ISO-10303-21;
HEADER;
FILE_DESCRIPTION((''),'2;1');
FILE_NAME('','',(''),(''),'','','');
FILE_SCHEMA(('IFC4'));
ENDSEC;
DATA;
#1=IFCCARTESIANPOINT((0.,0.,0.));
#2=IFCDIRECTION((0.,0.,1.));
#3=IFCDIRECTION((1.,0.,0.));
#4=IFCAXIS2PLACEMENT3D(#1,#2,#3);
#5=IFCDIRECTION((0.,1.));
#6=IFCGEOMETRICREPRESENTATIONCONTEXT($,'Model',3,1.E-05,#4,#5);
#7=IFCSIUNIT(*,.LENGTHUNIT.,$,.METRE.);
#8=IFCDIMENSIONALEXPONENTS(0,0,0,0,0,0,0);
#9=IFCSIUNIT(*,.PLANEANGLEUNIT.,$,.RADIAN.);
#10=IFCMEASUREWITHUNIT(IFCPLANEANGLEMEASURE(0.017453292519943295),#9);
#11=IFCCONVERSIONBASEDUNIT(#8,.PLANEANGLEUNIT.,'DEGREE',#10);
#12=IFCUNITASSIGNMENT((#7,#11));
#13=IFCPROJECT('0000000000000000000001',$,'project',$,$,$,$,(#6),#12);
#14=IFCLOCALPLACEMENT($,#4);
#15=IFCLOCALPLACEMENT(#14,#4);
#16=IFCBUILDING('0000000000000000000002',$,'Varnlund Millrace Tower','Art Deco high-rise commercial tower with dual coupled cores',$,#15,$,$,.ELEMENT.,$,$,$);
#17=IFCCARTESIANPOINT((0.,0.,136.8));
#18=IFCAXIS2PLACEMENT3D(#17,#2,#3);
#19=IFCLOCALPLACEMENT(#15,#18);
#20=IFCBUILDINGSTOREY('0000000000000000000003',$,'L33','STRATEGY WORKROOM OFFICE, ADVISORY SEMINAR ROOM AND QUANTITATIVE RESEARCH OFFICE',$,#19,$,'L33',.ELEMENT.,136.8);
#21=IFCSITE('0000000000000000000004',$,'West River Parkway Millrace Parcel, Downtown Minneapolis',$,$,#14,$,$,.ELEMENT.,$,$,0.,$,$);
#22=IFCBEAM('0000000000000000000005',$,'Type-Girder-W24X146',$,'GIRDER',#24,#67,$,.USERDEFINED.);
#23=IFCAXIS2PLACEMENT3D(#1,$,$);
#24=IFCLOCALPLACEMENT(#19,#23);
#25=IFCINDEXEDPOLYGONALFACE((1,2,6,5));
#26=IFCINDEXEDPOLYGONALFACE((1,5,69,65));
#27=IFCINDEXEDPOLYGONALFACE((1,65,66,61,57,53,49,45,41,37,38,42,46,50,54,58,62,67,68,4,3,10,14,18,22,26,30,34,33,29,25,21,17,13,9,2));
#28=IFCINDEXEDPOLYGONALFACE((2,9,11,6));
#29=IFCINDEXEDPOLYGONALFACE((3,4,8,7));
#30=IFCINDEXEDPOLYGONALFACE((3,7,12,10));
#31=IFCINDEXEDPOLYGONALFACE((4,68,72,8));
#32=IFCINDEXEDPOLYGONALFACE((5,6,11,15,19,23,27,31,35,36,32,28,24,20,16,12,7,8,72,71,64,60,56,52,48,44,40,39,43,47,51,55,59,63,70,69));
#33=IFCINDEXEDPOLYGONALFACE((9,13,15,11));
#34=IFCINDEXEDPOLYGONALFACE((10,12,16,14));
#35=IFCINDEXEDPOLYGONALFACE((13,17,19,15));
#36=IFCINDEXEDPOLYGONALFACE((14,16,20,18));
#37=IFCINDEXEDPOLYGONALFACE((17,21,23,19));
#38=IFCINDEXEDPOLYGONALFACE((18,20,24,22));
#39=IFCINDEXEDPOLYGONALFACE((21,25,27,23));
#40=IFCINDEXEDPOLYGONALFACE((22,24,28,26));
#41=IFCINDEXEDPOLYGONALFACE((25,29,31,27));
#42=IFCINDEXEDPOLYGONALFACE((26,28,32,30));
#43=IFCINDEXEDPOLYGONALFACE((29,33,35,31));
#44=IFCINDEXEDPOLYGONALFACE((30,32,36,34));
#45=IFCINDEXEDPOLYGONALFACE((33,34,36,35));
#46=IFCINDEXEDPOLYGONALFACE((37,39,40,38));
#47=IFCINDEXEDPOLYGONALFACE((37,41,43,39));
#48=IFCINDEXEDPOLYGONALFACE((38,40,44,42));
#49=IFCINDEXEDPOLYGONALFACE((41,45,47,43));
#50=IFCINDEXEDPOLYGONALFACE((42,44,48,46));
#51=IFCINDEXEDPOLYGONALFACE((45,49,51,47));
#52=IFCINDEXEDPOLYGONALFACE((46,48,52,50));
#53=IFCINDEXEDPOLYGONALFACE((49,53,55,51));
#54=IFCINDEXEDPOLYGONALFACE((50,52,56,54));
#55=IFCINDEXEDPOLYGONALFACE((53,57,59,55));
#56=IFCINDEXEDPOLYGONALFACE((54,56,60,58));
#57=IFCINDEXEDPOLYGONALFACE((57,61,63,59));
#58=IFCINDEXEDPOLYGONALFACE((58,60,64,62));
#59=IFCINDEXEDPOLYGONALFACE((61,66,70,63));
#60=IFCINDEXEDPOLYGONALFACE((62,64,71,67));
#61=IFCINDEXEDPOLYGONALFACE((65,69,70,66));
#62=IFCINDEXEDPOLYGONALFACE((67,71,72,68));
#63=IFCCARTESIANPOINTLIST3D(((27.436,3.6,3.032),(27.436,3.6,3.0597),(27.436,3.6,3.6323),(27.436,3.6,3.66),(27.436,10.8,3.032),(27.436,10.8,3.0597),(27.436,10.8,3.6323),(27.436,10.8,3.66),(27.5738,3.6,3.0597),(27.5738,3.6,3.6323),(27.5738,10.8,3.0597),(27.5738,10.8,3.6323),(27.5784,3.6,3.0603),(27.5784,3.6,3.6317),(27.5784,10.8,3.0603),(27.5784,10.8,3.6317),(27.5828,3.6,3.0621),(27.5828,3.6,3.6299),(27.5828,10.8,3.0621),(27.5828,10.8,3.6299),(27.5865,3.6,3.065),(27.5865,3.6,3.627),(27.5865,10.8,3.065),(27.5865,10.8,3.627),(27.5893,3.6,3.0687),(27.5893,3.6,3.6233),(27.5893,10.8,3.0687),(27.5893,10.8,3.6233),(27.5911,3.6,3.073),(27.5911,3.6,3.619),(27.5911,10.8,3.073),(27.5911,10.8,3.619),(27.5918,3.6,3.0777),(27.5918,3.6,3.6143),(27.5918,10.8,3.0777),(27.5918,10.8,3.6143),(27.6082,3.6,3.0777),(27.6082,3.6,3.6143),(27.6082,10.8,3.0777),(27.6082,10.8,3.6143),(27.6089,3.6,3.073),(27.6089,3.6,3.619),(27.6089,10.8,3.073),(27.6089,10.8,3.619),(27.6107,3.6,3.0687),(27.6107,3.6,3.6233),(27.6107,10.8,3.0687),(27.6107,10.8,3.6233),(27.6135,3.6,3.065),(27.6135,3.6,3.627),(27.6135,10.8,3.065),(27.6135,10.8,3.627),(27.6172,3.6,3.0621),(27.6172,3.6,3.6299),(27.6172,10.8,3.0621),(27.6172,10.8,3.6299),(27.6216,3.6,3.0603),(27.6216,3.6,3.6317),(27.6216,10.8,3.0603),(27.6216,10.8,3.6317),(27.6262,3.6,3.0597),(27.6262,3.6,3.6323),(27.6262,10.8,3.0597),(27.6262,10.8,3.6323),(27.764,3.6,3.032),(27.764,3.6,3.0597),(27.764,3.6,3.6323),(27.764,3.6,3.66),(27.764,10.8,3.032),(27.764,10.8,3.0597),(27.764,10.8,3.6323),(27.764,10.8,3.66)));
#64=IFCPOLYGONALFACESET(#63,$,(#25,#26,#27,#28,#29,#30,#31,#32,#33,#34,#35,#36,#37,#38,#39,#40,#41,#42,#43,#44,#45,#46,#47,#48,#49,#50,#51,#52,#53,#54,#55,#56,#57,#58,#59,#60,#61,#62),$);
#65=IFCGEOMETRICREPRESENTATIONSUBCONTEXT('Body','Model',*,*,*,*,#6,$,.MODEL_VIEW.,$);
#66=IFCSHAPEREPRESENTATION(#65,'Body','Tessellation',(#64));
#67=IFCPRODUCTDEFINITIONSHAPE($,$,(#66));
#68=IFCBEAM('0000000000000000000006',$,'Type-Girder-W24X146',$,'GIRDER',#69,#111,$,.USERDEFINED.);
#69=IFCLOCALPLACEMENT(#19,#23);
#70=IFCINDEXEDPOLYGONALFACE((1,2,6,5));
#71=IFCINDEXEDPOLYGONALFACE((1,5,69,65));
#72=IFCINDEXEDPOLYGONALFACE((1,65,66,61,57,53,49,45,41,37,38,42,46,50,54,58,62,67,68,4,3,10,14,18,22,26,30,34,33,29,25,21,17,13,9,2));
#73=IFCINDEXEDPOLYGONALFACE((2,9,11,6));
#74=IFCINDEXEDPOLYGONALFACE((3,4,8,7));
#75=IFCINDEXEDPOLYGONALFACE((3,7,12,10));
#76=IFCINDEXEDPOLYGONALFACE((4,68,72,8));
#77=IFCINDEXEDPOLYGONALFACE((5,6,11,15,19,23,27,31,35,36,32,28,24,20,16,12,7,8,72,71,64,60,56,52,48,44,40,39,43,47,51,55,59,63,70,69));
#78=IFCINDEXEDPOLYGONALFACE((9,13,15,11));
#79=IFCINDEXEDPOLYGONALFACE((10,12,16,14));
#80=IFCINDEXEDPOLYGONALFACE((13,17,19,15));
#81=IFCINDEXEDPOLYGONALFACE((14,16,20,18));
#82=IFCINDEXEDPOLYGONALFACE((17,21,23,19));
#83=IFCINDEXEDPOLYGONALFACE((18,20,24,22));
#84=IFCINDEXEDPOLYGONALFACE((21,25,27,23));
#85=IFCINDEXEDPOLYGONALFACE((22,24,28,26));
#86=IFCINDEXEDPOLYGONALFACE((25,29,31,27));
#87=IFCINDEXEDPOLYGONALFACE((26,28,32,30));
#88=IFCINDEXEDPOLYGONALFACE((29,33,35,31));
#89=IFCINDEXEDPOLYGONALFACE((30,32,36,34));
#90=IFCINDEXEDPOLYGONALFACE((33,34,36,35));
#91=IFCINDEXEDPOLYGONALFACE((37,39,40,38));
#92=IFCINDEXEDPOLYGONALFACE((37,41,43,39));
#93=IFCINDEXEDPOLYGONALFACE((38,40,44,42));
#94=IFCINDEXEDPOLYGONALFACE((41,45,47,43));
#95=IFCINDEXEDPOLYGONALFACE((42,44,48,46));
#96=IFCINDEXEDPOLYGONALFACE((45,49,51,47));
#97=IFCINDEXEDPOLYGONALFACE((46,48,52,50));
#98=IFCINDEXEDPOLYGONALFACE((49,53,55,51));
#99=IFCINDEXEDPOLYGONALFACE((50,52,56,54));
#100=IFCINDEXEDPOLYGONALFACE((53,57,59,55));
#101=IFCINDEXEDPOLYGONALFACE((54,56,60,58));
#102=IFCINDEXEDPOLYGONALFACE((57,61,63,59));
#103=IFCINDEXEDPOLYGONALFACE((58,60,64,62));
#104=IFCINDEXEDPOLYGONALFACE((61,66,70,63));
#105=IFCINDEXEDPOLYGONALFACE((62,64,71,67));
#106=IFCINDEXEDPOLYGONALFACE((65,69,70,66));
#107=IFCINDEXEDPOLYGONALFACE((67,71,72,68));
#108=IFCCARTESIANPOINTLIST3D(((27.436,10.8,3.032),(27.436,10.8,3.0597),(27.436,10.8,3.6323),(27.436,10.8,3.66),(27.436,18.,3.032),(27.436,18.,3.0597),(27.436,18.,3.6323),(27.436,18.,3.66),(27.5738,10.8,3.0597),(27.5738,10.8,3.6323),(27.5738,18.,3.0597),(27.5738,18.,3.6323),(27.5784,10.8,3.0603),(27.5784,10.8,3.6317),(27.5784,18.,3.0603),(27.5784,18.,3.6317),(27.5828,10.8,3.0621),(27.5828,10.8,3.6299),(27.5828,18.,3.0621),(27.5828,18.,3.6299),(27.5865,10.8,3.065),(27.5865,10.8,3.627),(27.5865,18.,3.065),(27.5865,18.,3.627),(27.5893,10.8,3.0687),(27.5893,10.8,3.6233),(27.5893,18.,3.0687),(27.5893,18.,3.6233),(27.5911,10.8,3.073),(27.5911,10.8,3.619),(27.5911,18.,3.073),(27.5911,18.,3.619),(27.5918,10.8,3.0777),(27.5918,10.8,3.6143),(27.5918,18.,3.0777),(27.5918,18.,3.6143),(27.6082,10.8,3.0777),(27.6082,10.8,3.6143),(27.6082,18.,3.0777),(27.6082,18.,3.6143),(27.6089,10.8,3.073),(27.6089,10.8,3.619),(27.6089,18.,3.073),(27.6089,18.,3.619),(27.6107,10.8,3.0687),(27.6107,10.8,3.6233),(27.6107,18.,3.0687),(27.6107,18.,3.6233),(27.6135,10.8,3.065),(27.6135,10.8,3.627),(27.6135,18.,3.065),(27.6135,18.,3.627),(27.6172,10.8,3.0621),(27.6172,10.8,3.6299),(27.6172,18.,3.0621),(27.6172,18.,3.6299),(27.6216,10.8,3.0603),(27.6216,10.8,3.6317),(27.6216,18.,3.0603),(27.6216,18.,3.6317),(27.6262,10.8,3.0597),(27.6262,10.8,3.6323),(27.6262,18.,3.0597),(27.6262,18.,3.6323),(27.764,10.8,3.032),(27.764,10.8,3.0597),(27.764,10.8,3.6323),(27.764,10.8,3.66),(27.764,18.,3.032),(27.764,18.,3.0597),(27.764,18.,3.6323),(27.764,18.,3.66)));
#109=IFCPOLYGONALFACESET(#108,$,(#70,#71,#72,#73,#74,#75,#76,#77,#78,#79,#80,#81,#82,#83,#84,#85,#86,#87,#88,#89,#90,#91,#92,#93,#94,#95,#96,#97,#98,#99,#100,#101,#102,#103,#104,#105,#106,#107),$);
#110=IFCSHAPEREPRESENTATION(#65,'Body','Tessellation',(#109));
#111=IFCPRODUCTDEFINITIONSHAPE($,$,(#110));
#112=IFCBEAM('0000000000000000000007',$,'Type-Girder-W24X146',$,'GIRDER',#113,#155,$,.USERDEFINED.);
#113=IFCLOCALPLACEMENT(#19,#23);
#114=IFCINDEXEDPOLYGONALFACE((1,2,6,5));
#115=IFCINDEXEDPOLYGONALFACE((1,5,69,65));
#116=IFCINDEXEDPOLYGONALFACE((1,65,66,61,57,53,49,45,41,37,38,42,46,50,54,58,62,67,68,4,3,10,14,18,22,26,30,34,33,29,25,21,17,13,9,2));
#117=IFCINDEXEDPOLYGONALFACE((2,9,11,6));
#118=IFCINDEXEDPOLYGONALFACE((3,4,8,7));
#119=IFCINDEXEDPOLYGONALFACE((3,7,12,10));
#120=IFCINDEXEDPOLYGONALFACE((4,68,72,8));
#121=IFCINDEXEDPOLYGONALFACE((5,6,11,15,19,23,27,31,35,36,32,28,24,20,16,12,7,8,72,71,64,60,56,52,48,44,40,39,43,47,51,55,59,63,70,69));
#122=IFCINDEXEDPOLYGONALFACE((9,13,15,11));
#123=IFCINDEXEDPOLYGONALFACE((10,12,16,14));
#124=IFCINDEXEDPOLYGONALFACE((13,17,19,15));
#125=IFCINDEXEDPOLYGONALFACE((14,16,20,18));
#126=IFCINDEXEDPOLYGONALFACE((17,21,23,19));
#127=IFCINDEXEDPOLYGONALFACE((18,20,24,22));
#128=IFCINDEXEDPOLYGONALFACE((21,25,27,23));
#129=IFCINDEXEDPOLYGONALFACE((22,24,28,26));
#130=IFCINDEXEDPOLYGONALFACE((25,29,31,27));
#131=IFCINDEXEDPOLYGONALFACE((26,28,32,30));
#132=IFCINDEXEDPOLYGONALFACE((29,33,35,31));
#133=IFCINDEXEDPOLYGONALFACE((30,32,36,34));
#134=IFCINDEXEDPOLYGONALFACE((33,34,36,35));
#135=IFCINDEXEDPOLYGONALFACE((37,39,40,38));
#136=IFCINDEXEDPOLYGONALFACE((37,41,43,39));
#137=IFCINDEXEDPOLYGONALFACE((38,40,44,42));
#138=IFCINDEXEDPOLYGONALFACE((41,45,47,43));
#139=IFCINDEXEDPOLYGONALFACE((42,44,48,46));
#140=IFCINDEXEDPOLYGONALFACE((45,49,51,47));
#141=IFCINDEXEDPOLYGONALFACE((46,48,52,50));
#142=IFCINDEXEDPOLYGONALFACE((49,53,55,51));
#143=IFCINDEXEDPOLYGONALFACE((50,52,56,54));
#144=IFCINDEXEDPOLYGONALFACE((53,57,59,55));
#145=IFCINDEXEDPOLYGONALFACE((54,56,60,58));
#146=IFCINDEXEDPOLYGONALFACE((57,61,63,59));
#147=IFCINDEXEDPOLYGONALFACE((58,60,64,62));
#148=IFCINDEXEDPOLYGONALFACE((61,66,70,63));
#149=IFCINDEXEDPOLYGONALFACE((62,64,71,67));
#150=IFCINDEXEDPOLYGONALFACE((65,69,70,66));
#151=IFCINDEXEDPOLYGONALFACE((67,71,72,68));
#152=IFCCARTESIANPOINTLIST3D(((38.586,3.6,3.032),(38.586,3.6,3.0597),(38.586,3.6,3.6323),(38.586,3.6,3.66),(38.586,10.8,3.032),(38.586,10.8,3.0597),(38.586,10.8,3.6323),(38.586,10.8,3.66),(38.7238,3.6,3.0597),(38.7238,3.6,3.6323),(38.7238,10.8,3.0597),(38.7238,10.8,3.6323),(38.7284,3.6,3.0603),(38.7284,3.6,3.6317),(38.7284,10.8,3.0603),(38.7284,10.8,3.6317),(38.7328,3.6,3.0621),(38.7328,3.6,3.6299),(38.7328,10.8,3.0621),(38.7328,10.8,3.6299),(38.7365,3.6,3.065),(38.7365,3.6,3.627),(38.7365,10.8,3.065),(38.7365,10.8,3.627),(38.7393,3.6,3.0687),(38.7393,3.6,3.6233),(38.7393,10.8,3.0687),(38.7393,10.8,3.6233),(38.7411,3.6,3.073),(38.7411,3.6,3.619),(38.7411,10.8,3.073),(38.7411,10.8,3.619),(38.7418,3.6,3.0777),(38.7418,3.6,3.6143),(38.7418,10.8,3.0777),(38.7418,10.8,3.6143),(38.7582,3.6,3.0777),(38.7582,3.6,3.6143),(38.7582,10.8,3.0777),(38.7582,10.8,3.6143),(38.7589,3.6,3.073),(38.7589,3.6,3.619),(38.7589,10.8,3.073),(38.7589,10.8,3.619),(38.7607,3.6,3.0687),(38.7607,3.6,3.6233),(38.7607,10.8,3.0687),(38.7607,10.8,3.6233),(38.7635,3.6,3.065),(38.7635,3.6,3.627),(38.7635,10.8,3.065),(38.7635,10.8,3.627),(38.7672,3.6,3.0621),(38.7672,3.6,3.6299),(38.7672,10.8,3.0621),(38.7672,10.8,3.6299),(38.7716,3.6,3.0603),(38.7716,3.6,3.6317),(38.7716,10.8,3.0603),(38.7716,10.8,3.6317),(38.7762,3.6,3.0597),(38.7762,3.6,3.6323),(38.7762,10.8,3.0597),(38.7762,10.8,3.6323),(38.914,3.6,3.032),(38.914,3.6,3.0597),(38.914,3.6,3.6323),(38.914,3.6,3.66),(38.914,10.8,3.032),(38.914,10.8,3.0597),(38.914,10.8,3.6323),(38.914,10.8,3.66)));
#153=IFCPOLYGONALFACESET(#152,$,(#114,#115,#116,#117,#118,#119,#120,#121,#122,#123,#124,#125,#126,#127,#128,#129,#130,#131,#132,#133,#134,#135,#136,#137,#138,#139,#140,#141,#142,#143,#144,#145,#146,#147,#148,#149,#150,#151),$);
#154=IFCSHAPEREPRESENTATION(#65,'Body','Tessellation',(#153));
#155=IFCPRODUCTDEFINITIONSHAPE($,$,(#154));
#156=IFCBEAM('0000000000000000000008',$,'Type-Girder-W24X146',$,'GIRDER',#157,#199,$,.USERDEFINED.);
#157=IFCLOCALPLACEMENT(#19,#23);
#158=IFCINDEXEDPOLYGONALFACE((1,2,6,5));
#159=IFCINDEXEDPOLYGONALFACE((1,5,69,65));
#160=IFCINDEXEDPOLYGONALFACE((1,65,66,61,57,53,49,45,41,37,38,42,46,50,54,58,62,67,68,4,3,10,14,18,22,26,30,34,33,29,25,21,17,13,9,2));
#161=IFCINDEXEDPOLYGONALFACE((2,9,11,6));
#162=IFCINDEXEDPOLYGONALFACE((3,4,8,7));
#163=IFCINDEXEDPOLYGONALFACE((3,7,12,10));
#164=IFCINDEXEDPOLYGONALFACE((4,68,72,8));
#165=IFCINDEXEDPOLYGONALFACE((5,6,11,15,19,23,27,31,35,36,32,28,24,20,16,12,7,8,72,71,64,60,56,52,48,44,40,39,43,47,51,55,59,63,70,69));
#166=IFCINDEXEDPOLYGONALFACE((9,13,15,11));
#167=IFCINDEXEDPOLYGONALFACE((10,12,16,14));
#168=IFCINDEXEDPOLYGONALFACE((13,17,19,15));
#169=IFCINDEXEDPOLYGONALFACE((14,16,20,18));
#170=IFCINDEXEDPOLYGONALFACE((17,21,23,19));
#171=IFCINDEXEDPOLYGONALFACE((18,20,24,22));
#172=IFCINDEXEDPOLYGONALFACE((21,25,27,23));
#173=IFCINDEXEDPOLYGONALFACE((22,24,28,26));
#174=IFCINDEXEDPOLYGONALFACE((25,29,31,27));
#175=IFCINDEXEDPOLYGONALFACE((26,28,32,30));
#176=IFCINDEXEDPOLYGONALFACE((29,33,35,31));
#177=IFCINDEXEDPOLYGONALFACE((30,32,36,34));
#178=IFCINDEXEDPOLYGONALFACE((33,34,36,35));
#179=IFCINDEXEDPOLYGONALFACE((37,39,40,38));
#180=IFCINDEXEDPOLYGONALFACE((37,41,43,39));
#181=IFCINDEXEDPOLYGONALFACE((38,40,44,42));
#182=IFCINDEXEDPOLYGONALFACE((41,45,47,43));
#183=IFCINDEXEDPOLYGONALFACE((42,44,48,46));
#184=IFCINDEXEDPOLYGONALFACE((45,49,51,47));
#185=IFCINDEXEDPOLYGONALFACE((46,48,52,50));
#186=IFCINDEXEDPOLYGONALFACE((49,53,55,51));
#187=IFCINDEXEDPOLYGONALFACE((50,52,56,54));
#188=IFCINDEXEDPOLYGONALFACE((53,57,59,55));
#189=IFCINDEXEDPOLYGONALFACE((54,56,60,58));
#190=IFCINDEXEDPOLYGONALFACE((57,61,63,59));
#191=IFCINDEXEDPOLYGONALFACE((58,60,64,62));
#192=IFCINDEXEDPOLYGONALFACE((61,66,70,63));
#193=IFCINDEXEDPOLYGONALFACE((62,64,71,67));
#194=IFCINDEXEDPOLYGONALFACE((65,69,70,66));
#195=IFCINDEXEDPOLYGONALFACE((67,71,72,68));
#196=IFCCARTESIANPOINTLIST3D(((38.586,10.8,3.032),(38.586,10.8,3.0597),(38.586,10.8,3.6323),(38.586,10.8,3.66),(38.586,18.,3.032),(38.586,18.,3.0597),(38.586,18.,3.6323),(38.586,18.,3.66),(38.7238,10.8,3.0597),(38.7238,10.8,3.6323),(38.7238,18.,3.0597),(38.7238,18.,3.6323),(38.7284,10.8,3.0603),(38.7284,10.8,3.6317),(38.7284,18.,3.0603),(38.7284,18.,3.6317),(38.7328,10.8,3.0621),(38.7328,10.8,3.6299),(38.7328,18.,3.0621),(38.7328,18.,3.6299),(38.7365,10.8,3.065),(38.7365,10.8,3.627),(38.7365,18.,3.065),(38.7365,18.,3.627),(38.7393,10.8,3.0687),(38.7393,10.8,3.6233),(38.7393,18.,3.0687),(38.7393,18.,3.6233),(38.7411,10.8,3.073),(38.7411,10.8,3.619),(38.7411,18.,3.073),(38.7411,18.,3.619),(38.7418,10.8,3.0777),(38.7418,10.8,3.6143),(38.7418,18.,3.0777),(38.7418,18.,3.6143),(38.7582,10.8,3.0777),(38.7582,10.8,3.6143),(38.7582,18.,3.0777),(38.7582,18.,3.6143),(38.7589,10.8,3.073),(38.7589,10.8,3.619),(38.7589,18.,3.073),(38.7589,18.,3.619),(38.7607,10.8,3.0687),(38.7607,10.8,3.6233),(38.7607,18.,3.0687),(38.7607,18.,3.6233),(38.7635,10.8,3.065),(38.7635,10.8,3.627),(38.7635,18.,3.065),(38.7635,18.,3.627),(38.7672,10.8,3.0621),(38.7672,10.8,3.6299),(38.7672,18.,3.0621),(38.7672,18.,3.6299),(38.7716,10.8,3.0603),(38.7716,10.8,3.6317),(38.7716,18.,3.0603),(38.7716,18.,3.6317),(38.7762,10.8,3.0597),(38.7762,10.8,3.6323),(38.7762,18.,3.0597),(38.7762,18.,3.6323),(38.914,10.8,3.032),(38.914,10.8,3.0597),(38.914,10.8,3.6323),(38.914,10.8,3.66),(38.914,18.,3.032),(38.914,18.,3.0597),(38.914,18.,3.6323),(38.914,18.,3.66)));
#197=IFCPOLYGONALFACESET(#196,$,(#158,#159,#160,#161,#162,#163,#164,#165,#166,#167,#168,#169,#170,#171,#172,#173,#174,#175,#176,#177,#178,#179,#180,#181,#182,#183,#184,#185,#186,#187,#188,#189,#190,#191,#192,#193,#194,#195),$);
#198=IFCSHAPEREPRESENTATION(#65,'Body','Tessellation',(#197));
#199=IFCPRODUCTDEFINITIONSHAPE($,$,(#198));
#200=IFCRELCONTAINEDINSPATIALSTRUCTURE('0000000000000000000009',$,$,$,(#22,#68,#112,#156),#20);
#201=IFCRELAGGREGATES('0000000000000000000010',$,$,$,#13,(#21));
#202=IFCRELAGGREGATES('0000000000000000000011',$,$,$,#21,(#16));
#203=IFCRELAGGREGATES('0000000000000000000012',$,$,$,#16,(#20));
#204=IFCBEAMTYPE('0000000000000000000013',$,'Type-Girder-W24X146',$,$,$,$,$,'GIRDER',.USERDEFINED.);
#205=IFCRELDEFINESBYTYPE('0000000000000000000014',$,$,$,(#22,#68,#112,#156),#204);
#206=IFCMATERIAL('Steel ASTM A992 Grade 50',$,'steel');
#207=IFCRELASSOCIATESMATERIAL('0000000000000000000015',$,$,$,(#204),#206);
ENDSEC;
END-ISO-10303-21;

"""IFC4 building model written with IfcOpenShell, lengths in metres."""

from ifc_helpers import new_model, entity, si_unit, converted_unit, direction, frame, origin_with_axes, origin_2d_with_axis, place, context, subcontext, project, spatial, i_section, extrude, material, material_profile, profile_set, type_object, element, save


model = new_model("IFC4")

# Units and contexts
model_context = context("Model", 3, precision=1e-05, world=origin_with_axes(), true_north=direction((0.0, 1.0)))
body_context = subcontext(model_context, "Body", "Model", "MODEL_VIEW")
ifc_project = project(units=[si_unit("LENGTHUNIT", "METRE"), converted_unit("PLANEANGLEUNIT", "DEGREE", entity("IfcPlaneAngleMeasure", 0.017453292519943295), si_unit("PLANEANGLEUNIT", "RADIAN"), dimensions=[0, 0, 0, 0, 0, 0, 0])], contexts=[model_context])

# Site, building, storey
site_placement = place(None, origin_with_axes())
site = spatial("IfcSite", under=ifc_project, at=site_placement, Name="West River Parkway Millrace Parcel, Downtown Minneapolis", CompositionType="ELEMENT", RefElevation=0.0)
building_placement = place(site_placement, origin_with_axes())
building = spatial("IfcBuilding", under=site, at=building_placement, Name="Varnlund Millrace Tower", Description="Art Deco high-rise commercial tower with dual coupled cores", CompositionType="ELEMENT")
storey_placement = place(building_placement, frame((0.0, 0.0, 136.8), z_axis=(0.0, 0.0, 1.0), x_axis=(1.0, 0.0, 0.0)))
storey = spatial("IfcBuildingStorey", under=building, at=storey_placement, Name="L33", Description="STRATEGY WORKROOM OFFICE, ADVISORY SEMINAR ROOM AND QUANTITATIVE RESEARCH OFFICE", LongName="L33", CompositionType="ELEMENT", Elevation=136.8)

# Beams
ifc_material_1 = material(Name="Steel ASTM A992 Grade 50", Category="steel")
ifc_material_profile_1 = material_profile(ifc_material_1, i_section(OverallWidth=0.328, OverallDepth=0.628, WebThickness=0.0165, FlangeThickness=0.0277, FilletRadius=0.018, at=origin_2d_with_axis()), Name="Steel ASTM A992 Grade 50")
ifc_profile_set_1 = profile_set([ifc_material_profile_1], Name="Steel ASTM A992 Grade 50")
beam_type_1 = type_object("IfcBeamType", Name="Type-Girder-W24X146", ElementType="GIRDER", PredefinedType="USERDEFINED", material=ifc_profile_set_1)
for number, where, z_axis, x_axis, name in (
    (1, (27.6, 3.6, 3.346), (0.0, 1.0, 0.0), (-1.0, 0.0, 0.0), "Type-Girder-W24X146"),
    (2, (27.6, 10.8, 3.346), (0.0, 1.0, 0.0), (-1.0, 0.0, 0.0), "Type-Girder-W24X146"),
    (3, (38.75, 3.6, 3.346), (0.0, 1.0, 0.0), (-1.0, 0.0, 0.0), "Type-Girder-W24X146"),
    (4, (38.75, 10.8, 3.346), (0.0, 1.0, 0.0), (-1.0, 0.0, 0.0), "Type-Girder-W24X146"),
):
    element("IfcBeam", number, at=place(storey_placement, frame(where, z_axis=z_axis, x_axis=x_axis)), inside=storey, type_object=beam_type_1, Name=name, ObjectType="GIRDER", PredefinedType="USERDEFINED", context=body_context, shape_type="SweptSolid", body=[
        extrude(i_section(OverallWidth=0.328, OverallDepth=0.628, WebThickness=0.0165, FlangeThickness=0.0277, FilletRadius=0.018, at=origin_2d_with_axis()), origin_with_axes(), (0.0, 0.0, 1.0), 7.2),
    ])

save(model, "model.ifc")
